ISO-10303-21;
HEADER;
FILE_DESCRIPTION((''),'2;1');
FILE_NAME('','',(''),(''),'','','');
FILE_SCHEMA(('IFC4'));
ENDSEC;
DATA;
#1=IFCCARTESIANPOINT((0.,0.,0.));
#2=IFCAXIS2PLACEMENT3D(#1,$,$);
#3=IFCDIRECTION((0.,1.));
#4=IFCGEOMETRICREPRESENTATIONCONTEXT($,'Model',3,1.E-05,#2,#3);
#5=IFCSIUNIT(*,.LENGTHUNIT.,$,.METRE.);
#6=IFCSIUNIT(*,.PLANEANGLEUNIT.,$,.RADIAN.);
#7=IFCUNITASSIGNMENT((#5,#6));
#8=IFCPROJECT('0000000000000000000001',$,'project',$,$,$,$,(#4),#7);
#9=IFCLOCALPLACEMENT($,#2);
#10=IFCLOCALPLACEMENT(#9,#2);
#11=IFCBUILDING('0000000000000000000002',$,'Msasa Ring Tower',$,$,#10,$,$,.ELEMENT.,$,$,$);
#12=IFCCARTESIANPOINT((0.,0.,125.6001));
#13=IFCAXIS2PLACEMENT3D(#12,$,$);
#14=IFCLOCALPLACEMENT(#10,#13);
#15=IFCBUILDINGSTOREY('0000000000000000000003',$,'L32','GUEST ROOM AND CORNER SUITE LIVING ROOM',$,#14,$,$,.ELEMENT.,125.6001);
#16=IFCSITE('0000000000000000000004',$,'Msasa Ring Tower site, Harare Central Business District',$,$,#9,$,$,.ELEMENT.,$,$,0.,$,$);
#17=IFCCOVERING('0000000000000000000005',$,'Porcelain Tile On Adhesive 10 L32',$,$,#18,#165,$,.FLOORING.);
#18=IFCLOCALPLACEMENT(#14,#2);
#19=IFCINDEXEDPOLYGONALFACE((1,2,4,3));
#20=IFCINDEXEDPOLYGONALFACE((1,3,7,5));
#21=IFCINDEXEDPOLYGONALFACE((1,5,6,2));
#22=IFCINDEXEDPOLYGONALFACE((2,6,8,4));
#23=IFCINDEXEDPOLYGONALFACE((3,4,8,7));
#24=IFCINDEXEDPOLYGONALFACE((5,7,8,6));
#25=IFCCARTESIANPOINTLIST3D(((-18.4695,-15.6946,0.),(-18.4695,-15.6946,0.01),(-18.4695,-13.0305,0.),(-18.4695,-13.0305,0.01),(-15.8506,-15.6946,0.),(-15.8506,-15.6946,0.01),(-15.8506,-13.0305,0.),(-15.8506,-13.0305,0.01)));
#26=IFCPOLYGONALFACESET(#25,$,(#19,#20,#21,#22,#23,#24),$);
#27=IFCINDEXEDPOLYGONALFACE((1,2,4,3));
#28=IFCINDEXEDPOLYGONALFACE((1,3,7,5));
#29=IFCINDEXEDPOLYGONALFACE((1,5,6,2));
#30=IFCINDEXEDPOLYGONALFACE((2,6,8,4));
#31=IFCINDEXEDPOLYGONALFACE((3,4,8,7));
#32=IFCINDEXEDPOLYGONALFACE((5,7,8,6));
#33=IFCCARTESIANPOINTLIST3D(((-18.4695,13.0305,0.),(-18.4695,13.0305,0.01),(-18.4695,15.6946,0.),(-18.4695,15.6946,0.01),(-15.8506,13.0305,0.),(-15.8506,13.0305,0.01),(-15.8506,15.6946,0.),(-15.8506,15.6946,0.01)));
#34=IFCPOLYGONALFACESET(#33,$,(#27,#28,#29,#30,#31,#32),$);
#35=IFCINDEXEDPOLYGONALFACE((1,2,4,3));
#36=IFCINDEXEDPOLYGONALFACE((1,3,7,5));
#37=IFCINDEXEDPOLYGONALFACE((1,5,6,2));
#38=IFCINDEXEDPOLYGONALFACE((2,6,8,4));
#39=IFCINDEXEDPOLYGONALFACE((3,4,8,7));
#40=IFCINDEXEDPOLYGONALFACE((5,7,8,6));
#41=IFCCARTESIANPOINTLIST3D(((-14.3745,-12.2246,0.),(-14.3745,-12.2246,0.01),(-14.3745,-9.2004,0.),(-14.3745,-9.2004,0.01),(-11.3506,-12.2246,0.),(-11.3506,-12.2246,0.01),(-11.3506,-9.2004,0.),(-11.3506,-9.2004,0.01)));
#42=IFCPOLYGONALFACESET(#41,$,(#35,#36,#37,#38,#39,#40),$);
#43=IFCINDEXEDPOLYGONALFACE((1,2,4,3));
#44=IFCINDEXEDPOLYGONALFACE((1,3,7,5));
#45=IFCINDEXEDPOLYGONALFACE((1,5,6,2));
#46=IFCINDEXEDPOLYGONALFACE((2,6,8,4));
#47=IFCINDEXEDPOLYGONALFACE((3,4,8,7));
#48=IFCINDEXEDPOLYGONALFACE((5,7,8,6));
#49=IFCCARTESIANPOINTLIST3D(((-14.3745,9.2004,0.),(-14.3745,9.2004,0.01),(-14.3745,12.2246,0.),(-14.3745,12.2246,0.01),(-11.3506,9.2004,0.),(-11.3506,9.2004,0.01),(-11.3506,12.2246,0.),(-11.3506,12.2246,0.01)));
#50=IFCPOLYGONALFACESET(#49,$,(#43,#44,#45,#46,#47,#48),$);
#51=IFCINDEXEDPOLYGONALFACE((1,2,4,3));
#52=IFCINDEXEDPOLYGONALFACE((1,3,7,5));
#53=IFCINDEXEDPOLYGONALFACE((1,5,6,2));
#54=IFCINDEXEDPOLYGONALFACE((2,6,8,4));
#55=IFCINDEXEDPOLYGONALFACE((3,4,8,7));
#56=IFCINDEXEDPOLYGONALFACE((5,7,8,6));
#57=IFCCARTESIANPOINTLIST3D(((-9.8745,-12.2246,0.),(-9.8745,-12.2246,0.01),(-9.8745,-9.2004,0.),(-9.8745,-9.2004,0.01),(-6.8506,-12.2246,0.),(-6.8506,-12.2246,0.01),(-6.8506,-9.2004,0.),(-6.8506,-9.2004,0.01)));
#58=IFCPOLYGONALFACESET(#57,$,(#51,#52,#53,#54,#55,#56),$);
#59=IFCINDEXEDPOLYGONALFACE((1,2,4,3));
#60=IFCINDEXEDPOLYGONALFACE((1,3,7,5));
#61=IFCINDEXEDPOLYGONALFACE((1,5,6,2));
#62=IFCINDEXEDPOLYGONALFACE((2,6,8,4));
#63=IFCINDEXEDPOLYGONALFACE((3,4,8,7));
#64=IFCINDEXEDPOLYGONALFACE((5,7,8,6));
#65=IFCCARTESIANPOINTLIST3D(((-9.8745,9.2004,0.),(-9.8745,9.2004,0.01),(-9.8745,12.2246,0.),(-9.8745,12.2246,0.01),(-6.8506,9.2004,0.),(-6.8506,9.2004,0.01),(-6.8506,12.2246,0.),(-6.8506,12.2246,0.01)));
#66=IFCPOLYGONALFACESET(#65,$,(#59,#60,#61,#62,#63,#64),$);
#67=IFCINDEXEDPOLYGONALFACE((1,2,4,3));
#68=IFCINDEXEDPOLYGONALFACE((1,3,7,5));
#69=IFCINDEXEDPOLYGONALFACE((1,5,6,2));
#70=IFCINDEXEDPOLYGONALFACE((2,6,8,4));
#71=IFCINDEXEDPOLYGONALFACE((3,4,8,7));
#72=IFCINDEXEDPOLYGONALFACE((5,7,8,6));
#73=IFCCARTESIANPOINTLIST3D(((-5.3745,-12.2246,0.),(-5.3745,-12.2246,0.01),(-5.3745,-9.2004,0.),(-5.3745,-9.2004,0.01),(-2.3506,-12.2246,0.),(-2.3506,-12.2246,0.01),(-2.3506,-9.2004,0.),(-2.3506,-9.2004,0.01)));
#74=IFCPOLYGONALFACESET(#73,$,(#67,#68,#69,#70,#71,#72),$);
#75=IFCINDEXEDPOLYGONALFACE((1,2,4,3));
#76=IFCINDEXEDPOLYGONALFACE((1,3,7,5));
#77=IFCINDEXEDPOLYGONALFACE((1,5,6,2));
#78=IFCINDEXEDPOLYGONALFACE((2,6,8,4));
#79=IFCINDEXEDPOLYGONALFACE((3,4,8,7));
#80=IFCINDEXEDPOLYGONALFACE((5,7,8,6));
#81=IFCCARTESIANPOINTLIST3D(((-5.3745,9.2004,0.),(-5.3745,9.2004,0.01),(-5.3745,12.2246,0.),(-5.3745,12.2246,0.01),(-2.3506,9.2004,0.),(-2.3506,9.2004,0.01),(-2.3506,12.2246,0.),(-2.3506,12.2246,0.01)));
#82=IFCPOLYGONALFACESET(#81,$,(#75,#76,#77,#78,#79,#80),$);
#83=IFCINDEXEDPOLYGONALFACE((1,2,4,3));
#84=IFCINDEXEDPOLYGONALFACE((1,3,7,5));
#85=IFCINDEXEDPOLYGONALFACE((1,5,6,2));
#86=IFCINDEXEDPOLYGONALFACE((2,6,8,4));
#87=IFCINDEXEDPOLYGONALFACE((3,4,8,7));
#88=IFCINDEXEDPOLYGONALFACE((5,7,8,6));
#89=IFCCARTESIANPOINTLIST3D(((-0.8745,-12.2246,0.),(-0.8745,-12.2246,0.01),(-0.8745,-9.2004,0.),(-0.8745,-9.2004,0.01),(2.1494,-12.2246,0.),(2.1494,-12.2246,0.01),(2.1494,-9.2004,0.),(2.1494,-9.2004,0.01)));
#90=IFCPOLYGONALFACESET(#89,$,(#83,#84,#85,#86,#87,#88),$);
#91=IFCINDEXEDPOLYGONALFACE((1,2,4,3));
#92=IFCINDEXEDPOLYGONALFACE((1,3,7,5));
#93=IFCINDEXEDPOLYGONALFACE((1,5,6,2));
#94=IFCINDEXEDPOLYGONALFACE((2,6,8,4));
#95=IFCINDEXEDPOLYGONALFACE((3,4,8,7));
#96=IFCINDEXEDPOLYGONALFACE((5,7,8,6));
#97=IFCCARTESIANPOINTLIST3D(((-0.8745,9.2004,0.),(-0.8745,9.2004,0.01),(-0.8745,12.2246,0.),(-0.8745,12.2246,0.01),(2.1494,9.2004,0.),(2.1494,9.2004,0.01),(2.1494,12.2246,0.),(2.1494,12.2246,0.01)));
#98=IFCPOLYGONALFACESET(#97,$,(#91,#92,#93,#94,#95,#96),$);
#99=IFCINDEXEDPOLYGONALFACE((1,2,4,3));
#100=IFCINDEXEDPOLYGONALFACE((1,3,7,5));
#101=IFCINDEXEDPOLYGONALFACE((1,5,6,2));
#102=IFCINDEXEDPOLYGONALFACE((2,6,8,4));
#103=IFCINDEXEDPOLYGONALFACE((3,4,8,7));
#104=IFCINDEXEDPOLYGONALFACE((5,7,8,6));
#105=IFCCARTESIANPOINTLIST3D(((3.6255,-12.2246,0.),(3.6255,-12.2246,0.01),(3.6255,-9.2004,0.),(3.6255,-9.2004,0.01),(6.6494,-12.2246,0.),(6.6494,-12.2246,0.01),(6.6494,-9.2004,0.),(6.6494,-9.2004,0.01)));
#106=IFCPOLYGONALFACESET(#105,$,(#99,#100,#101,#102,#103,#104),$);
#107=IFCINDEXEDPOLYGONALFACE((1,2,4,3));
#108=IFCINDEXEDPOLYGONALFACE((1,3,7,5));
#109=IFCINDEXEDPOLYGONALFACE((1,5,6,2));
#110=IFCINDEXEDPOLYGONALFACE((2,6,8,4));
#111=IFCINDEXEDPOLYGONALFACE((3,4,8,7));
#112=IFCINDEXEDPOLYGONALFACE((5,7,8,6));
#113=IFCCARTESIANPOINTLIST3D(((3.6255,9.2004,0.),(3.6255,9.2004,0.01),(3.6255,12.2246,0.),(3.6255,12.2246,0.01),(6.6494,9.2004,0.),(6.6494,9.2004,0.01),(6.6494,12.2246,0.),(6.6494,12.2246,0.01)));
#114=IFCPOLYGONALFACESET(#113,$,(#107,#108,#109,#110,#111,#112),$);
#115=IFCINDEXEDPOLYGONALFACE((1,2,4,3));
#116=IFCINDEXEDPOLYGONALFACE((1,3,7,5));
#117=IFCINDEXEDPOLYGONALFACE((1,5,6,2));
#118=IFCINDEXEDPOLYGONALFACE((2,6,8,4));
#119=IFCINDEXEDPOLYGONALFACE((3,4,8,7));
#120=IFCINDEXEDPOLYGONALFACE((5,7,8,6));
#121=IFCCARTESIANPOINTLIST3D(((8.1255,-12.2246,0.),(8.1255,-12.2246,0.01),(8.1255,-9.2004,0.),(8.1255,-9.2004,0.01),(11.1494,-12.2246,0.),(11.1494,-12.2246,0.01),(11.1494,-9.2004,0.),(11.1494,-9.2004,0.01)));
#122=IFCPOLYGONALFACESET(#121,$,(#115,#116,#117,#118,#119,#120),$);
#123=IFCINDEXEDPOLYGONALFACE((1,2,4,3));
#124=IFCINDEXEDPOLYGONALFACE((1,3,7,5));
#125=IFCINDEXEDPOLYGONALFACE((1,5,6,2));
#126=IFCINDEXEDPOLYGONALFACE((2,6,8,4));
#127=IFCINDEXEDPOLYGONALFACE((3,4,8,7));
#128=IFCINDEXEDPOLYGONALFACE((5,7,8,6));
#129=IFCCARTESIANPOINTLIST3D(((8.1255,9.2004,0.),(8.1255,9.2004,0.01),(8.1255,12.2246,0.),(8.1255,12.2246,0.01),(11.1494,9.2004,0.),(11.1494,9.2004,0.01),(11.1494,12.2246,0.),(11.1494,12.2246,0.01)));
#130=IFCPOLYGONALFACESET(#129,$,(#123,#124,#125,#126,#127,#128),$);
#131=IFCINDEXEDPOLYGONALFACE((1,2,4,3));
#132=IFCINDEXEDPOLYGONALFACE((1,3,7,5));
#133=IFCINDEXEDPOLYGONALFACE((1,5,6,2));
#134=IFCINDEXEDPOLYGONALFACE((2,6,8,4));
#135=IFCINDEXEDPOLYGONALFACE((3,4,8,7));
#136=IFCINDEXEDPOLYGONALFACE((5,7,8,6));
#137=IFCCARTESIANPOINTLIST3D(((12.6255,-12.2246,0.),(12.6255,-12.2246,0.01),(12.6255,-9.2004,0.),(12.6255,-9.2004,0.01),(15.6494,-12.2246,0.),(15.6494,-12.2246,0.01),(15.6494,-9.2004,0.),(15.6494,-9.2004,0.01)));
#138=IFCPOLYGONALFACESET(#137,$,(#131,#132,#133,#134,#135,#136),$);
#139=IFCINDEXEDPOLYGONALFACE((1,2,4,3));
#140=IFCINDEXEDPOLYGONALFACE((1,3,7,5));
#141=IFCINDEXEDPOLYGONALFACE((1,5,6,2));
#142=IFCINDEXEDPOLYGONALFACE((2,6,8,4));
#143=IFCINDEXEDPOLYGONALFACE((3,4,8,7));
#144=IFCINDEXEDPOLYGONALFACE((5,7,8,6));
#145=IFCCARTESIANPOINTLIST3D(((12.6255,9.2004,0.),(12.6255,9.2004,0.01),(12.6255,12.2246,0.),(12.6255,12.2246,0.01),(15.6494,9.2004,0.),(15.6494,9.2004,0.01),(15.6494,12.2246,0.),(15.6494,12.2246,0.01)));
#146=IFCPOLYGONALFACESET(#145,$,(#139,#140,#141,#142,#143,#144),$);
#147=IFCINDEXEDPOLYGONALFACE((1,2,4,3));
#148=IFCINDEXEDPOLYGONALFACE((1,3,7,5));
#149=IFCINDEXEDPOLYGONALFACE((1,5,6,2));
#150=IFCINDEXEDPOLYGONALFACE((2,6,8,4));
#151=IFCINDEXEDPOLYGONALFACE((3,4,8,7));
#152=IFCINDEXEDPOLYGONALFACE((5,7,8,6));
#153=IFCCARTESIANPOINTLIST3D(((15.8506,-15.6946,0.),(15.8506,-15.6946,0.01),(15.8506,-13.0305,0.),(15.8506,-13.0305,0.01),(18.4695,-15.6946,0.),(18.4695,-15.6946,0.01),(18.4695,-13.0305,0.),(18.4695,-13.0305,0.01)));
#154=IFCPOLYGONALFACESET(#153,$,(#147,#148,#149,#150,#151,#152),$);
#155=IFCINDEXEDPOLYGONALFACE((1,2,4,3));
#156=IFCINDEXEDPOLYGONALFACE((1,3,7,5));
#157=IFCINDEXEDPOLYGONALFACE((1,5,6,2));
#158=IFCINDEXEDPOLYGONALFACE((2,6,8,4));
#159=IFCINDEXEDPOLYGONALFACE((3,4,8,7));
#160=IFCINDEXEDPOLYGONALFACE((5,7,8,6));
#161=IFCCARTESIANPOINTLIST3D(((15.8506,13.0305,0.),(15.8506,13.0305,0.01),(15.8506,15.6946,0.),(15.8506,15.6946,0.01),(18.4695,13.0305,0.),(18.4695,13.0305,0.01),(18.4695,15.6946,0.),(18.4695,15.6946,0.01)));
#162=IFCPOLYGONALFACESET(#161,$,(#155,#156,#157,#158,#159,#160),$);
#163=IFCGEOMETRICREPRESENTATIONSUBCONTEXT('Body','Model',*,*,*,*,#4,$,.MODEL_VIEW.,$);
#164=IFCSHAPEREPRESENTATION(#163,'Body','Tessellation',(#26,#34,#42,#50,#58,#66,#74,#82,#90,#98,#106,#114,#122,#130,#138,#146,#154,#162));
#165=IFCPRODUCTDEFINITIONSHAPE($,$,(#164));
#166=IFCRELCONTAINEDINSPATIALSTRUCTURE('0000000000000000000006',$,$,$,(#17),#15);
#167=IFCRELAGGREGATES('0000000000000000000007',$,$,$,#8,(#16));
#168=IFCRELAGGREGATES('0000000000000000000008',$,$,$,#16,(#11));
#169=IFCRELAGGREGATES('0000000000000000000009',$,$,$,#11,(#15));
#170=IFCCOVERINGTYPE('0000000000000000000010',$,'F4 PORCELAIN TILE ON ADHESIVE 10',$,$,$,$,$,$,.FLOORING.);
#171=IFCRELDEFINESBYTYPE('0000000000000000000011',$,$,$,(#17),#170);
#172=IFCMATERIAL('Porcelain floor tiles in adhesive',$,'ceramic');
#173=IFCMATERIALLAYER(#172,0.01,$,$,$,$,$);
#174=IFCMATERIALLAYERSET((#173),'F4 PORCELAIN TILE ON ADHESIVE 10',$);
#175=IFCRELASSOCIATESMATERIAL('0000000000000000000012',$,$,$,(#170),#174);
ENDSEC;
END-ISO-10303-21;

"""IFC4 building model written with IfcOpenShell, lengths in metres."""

from ifc_helpers import new_model, si_unit, direction, frame, origin, place, context, subcontext, project, spatial, line, indexed_curve, outline, extrude, material, layer, layer_set, type_object, element, save


model = new_model("IFC4")

# Units and contexts
model_context = context("Model", 3, precision=1e-05, world=origin(), true_north=direction((0.0, 1.0)))
body_context = subcontext(model_context, "Body", "Model", "MODEL_VIEW")
ifc_project = project(units=[si_unit("LENGTHUNIT", "METRE"), si_unit("PLANEANGLEUNIT", "RADIAN")], contexts=[model_context])

# Site, building, storey
site_placement = place(None, origin())
site = spatial("IfcSite", under=ifc_project, at=site_placement, Name="Msasa Ring Tower site, Harare Central Business District", CompositionType="ELEMENT", RefElevation=0.0)
building_placement = place(site_placement, origin())
building = spatial("IfcBuilding", under=site, at=building_placement, Name="Msasa Ring Tower", CompositionType="ELEMENT")
storey_placement = place(building_placement, frame((0.0, 0.0, 125.6001)))
storey = spatial("IfcBuildingStorey", under=building, at=storey_placement, Name="L32", Description="GUEST ROOM AND CORNER SUITE LIVING ROOM", CompositionType="ELEMENT", Elevation=125.6001)

# Covering
ifc_material_1 = material(Name="Porcelain floor tiles in adhesive", Category="ceramic")
ifc_layer_1 = layer(ifc_material_1, 0.01)
ifc_layer_set_1 = layer_set([ifc_layer_1], Name="F4 PORCELAIN TILE ON ADHESIVE 10")
covering_type_1 = type_object("IfcCoveringType", Name="F4 PORCELAIN TILE ON ADHESIVE 10", PredefinedType="FLOORING", material=ifc_layer_set_1)
covering_1_placement = place(storey_placement, origin())
element("IfcCovering", 1, at=covering_1_placement, inside=storey, type_object=covering_type_1, Name="Porcelain Tile On Adhesive 10 L32", PredefinedType="FLOORING", context=body_context, shape_type="SweptSolid", body=[
    extrude(outline(indexed_curve([(-15.8506, -13.0305), (-15.8506, -15.6946), (-18.4695, -15.6946), (-18.4695, -13.0305)], segments=[line(1, 2, 3, 4, 1)], self_intersect=False)), origin(), (0.0, 0.0, 1.0), 0.01),
    extrude(outline(indexed_curve([(-15.8506, 13.0305), (-18.4695, 13.0305), (-18.4695, 15.6946), (-15.8506, 15.6946)], segments=[line(1, 2, 3, 4, 1)], self_intersect=False)), origin(), (0.0, 0.0, 1.0), 0.01),
    extrude(outline(indexed_curve([(-11.3506, -9.2004), (-11.3506, -12.2246), (-14.3745, -12.2246), (-14.3745, -9.2004)], segments=[line(1, 2, 3, 4, 1)], self_intersect=False)), origin(), (0.0, 0.0, 1.0), 0.01),
    extrude(outline(indexed_curve([(-11.3506, 9.2004), (-14.3745, 9.2004), (-14.3745, 12.2246), (-11.3506, 12.2246)], segments=[line(1, 2, 3, 4, 1)], self_intersect=False)), origin(), (0.0, 0.0, 1.0), 0.01),
    extrude(outline(indexed_curve([(-6.8506, -9.2004), (-6.8506, -12.2246), (-9.8745, -12.2246), (-9.8745, -9.2004)], segments=[line(1, 2, 3, 4, 1)], self_intersect=False)), origin(), (0.0, 0.0, 1.0), 0.01),
    extrude(outline(indexed_curve([(-6.8506, 9.2004), (-9.8745, 9.2004), (-9.8745, 12.2246), (-6.8506, 12.2246)], segments=[line(1, 2, 3, 4, 1)], self_intersect=False)), origin(), (0.0, 0.0, 1.0), 0.01),
    extrude(outline(indexed_curve([(-2.3506, -9.2004), (-2.3506, -12.2246), (-5.3745, -12.2246), (-5.3745, -9.2004)], segments=[line(1, 2, 3, 4, 1)], self_intersect=False)), origin(), (0.0, 0.0, 1.0), 0.01),
    extrude(outline(indexed_curve([(-2.3506, 9.2004), (-5.3745, 9.2004), (-5.3745, 12.2246), (-2.3506, 12.2246)], segments=[line(1, 2, 3, 4, 1)], self_intersect=False)), origin(), (0.0, 0.0, 1.0), 0.01),
    extrude(outline(indexed_curve([(2.1494, -9.2004), (2.1494, -12.2246), (-0.8745, -12.2246), (-0.8745, -9.2004)], segments=[line(1, 2, 3, 4, 1)], self_intersect=False)), origin(), (0.0, 0.0, 1.0), 0.01),
    extrude(outline(indexed_curve([(2.1494, 9.2004), (-0.8745, 9.2004), (-0.8745, 12.2246), (2.1494, 12.2246)], segments=[line(1, 2, 3, 4, 1)], self_intersect=False)), origin(), (0.0, 0.0, 1.0), 0.01),
    extrude(outline(indexed_curve([(6.6494, -9.2004), (6.6494, -12.2246), (3.6255, -12.2246), (3.6255, -9.2004)], segments=[line(1, 2, 3, 4, 1)], self_intersect=False)), origin(), (0.0, 0.0, 1.0), 0.01),
    extrude(outline(indexed_curve([(6.6494, 9.2004), (3.6255, 9.2004), (3.6255, 12.2246), (6.6494, 12.2246)], segments=[line(1, 2, 3, 4, 1)], self_intersect=False)), origin(), (0.0, 0.0, 1.0), 0.01),
    extrude(outline(indexed_curve([(11.1494, -9.2004), (11.1494, -12.2246), (8.1255, -12.2246), (8.1255, -9.2004)], segments=[line(1, 2, 3, 4, 1)], self_intersect=False)), origin(), (0.0, 0.0, 1.0), 0.01),
    extrude(outline(indexed_curve([(11.1494, 9.2004), (8.1255, 9.2004), (8.1255, 12.2246), (11.1494, 12.2246)], segments=[line(1, 2, 3, 4, 1)], self_intersect=False)), origin(), (0.0, 0.0, 1.0), 0.01),
    extrude(outline(indexed_curve([(15.6494, -9.2004), (15.6494, -12.2246), (12.6255, -12.2246), (12.6255, -9.2004)], segments=[line(1, 2, 3, 4, 1)], self_intersect=False)), origin(), (0.0, 0.0, 1.0), 0.01),
    extrude(outline(indexed_curve([(15.6494, 9.2004), (12.6255, 9.2004), (12.6255, 12.2246), (15.6494, 12.2246)], segments=[line(1, 2, 3, 4, 1)], self_intersect=False)), origin(), (0.0, 0.0, 1.0), 0.01),
    extrude(outline(indexed_curve([(18.4695, -13.0305), (18.4695, -15.6946), (15.8506, -15.6946), (15.8506, -13.0305)], segments=[line(1, 2, 3, 4, 1)], self_intersect=False)), origin(), (0.0, 0.0, 1.0), 0.01),
    extrude(outline(indexed_curve([(18.4695, 13.0305), (15.8506, 13.0305), (15.8506, 15.6946), (18.4695, 15.6946)], segments=[line(1, 2, 3, 4, 1)], self_intersect=False)), origin(), (0.0, 0.0, 1.0), 0.01),
])

save(model, "model.ifc")
